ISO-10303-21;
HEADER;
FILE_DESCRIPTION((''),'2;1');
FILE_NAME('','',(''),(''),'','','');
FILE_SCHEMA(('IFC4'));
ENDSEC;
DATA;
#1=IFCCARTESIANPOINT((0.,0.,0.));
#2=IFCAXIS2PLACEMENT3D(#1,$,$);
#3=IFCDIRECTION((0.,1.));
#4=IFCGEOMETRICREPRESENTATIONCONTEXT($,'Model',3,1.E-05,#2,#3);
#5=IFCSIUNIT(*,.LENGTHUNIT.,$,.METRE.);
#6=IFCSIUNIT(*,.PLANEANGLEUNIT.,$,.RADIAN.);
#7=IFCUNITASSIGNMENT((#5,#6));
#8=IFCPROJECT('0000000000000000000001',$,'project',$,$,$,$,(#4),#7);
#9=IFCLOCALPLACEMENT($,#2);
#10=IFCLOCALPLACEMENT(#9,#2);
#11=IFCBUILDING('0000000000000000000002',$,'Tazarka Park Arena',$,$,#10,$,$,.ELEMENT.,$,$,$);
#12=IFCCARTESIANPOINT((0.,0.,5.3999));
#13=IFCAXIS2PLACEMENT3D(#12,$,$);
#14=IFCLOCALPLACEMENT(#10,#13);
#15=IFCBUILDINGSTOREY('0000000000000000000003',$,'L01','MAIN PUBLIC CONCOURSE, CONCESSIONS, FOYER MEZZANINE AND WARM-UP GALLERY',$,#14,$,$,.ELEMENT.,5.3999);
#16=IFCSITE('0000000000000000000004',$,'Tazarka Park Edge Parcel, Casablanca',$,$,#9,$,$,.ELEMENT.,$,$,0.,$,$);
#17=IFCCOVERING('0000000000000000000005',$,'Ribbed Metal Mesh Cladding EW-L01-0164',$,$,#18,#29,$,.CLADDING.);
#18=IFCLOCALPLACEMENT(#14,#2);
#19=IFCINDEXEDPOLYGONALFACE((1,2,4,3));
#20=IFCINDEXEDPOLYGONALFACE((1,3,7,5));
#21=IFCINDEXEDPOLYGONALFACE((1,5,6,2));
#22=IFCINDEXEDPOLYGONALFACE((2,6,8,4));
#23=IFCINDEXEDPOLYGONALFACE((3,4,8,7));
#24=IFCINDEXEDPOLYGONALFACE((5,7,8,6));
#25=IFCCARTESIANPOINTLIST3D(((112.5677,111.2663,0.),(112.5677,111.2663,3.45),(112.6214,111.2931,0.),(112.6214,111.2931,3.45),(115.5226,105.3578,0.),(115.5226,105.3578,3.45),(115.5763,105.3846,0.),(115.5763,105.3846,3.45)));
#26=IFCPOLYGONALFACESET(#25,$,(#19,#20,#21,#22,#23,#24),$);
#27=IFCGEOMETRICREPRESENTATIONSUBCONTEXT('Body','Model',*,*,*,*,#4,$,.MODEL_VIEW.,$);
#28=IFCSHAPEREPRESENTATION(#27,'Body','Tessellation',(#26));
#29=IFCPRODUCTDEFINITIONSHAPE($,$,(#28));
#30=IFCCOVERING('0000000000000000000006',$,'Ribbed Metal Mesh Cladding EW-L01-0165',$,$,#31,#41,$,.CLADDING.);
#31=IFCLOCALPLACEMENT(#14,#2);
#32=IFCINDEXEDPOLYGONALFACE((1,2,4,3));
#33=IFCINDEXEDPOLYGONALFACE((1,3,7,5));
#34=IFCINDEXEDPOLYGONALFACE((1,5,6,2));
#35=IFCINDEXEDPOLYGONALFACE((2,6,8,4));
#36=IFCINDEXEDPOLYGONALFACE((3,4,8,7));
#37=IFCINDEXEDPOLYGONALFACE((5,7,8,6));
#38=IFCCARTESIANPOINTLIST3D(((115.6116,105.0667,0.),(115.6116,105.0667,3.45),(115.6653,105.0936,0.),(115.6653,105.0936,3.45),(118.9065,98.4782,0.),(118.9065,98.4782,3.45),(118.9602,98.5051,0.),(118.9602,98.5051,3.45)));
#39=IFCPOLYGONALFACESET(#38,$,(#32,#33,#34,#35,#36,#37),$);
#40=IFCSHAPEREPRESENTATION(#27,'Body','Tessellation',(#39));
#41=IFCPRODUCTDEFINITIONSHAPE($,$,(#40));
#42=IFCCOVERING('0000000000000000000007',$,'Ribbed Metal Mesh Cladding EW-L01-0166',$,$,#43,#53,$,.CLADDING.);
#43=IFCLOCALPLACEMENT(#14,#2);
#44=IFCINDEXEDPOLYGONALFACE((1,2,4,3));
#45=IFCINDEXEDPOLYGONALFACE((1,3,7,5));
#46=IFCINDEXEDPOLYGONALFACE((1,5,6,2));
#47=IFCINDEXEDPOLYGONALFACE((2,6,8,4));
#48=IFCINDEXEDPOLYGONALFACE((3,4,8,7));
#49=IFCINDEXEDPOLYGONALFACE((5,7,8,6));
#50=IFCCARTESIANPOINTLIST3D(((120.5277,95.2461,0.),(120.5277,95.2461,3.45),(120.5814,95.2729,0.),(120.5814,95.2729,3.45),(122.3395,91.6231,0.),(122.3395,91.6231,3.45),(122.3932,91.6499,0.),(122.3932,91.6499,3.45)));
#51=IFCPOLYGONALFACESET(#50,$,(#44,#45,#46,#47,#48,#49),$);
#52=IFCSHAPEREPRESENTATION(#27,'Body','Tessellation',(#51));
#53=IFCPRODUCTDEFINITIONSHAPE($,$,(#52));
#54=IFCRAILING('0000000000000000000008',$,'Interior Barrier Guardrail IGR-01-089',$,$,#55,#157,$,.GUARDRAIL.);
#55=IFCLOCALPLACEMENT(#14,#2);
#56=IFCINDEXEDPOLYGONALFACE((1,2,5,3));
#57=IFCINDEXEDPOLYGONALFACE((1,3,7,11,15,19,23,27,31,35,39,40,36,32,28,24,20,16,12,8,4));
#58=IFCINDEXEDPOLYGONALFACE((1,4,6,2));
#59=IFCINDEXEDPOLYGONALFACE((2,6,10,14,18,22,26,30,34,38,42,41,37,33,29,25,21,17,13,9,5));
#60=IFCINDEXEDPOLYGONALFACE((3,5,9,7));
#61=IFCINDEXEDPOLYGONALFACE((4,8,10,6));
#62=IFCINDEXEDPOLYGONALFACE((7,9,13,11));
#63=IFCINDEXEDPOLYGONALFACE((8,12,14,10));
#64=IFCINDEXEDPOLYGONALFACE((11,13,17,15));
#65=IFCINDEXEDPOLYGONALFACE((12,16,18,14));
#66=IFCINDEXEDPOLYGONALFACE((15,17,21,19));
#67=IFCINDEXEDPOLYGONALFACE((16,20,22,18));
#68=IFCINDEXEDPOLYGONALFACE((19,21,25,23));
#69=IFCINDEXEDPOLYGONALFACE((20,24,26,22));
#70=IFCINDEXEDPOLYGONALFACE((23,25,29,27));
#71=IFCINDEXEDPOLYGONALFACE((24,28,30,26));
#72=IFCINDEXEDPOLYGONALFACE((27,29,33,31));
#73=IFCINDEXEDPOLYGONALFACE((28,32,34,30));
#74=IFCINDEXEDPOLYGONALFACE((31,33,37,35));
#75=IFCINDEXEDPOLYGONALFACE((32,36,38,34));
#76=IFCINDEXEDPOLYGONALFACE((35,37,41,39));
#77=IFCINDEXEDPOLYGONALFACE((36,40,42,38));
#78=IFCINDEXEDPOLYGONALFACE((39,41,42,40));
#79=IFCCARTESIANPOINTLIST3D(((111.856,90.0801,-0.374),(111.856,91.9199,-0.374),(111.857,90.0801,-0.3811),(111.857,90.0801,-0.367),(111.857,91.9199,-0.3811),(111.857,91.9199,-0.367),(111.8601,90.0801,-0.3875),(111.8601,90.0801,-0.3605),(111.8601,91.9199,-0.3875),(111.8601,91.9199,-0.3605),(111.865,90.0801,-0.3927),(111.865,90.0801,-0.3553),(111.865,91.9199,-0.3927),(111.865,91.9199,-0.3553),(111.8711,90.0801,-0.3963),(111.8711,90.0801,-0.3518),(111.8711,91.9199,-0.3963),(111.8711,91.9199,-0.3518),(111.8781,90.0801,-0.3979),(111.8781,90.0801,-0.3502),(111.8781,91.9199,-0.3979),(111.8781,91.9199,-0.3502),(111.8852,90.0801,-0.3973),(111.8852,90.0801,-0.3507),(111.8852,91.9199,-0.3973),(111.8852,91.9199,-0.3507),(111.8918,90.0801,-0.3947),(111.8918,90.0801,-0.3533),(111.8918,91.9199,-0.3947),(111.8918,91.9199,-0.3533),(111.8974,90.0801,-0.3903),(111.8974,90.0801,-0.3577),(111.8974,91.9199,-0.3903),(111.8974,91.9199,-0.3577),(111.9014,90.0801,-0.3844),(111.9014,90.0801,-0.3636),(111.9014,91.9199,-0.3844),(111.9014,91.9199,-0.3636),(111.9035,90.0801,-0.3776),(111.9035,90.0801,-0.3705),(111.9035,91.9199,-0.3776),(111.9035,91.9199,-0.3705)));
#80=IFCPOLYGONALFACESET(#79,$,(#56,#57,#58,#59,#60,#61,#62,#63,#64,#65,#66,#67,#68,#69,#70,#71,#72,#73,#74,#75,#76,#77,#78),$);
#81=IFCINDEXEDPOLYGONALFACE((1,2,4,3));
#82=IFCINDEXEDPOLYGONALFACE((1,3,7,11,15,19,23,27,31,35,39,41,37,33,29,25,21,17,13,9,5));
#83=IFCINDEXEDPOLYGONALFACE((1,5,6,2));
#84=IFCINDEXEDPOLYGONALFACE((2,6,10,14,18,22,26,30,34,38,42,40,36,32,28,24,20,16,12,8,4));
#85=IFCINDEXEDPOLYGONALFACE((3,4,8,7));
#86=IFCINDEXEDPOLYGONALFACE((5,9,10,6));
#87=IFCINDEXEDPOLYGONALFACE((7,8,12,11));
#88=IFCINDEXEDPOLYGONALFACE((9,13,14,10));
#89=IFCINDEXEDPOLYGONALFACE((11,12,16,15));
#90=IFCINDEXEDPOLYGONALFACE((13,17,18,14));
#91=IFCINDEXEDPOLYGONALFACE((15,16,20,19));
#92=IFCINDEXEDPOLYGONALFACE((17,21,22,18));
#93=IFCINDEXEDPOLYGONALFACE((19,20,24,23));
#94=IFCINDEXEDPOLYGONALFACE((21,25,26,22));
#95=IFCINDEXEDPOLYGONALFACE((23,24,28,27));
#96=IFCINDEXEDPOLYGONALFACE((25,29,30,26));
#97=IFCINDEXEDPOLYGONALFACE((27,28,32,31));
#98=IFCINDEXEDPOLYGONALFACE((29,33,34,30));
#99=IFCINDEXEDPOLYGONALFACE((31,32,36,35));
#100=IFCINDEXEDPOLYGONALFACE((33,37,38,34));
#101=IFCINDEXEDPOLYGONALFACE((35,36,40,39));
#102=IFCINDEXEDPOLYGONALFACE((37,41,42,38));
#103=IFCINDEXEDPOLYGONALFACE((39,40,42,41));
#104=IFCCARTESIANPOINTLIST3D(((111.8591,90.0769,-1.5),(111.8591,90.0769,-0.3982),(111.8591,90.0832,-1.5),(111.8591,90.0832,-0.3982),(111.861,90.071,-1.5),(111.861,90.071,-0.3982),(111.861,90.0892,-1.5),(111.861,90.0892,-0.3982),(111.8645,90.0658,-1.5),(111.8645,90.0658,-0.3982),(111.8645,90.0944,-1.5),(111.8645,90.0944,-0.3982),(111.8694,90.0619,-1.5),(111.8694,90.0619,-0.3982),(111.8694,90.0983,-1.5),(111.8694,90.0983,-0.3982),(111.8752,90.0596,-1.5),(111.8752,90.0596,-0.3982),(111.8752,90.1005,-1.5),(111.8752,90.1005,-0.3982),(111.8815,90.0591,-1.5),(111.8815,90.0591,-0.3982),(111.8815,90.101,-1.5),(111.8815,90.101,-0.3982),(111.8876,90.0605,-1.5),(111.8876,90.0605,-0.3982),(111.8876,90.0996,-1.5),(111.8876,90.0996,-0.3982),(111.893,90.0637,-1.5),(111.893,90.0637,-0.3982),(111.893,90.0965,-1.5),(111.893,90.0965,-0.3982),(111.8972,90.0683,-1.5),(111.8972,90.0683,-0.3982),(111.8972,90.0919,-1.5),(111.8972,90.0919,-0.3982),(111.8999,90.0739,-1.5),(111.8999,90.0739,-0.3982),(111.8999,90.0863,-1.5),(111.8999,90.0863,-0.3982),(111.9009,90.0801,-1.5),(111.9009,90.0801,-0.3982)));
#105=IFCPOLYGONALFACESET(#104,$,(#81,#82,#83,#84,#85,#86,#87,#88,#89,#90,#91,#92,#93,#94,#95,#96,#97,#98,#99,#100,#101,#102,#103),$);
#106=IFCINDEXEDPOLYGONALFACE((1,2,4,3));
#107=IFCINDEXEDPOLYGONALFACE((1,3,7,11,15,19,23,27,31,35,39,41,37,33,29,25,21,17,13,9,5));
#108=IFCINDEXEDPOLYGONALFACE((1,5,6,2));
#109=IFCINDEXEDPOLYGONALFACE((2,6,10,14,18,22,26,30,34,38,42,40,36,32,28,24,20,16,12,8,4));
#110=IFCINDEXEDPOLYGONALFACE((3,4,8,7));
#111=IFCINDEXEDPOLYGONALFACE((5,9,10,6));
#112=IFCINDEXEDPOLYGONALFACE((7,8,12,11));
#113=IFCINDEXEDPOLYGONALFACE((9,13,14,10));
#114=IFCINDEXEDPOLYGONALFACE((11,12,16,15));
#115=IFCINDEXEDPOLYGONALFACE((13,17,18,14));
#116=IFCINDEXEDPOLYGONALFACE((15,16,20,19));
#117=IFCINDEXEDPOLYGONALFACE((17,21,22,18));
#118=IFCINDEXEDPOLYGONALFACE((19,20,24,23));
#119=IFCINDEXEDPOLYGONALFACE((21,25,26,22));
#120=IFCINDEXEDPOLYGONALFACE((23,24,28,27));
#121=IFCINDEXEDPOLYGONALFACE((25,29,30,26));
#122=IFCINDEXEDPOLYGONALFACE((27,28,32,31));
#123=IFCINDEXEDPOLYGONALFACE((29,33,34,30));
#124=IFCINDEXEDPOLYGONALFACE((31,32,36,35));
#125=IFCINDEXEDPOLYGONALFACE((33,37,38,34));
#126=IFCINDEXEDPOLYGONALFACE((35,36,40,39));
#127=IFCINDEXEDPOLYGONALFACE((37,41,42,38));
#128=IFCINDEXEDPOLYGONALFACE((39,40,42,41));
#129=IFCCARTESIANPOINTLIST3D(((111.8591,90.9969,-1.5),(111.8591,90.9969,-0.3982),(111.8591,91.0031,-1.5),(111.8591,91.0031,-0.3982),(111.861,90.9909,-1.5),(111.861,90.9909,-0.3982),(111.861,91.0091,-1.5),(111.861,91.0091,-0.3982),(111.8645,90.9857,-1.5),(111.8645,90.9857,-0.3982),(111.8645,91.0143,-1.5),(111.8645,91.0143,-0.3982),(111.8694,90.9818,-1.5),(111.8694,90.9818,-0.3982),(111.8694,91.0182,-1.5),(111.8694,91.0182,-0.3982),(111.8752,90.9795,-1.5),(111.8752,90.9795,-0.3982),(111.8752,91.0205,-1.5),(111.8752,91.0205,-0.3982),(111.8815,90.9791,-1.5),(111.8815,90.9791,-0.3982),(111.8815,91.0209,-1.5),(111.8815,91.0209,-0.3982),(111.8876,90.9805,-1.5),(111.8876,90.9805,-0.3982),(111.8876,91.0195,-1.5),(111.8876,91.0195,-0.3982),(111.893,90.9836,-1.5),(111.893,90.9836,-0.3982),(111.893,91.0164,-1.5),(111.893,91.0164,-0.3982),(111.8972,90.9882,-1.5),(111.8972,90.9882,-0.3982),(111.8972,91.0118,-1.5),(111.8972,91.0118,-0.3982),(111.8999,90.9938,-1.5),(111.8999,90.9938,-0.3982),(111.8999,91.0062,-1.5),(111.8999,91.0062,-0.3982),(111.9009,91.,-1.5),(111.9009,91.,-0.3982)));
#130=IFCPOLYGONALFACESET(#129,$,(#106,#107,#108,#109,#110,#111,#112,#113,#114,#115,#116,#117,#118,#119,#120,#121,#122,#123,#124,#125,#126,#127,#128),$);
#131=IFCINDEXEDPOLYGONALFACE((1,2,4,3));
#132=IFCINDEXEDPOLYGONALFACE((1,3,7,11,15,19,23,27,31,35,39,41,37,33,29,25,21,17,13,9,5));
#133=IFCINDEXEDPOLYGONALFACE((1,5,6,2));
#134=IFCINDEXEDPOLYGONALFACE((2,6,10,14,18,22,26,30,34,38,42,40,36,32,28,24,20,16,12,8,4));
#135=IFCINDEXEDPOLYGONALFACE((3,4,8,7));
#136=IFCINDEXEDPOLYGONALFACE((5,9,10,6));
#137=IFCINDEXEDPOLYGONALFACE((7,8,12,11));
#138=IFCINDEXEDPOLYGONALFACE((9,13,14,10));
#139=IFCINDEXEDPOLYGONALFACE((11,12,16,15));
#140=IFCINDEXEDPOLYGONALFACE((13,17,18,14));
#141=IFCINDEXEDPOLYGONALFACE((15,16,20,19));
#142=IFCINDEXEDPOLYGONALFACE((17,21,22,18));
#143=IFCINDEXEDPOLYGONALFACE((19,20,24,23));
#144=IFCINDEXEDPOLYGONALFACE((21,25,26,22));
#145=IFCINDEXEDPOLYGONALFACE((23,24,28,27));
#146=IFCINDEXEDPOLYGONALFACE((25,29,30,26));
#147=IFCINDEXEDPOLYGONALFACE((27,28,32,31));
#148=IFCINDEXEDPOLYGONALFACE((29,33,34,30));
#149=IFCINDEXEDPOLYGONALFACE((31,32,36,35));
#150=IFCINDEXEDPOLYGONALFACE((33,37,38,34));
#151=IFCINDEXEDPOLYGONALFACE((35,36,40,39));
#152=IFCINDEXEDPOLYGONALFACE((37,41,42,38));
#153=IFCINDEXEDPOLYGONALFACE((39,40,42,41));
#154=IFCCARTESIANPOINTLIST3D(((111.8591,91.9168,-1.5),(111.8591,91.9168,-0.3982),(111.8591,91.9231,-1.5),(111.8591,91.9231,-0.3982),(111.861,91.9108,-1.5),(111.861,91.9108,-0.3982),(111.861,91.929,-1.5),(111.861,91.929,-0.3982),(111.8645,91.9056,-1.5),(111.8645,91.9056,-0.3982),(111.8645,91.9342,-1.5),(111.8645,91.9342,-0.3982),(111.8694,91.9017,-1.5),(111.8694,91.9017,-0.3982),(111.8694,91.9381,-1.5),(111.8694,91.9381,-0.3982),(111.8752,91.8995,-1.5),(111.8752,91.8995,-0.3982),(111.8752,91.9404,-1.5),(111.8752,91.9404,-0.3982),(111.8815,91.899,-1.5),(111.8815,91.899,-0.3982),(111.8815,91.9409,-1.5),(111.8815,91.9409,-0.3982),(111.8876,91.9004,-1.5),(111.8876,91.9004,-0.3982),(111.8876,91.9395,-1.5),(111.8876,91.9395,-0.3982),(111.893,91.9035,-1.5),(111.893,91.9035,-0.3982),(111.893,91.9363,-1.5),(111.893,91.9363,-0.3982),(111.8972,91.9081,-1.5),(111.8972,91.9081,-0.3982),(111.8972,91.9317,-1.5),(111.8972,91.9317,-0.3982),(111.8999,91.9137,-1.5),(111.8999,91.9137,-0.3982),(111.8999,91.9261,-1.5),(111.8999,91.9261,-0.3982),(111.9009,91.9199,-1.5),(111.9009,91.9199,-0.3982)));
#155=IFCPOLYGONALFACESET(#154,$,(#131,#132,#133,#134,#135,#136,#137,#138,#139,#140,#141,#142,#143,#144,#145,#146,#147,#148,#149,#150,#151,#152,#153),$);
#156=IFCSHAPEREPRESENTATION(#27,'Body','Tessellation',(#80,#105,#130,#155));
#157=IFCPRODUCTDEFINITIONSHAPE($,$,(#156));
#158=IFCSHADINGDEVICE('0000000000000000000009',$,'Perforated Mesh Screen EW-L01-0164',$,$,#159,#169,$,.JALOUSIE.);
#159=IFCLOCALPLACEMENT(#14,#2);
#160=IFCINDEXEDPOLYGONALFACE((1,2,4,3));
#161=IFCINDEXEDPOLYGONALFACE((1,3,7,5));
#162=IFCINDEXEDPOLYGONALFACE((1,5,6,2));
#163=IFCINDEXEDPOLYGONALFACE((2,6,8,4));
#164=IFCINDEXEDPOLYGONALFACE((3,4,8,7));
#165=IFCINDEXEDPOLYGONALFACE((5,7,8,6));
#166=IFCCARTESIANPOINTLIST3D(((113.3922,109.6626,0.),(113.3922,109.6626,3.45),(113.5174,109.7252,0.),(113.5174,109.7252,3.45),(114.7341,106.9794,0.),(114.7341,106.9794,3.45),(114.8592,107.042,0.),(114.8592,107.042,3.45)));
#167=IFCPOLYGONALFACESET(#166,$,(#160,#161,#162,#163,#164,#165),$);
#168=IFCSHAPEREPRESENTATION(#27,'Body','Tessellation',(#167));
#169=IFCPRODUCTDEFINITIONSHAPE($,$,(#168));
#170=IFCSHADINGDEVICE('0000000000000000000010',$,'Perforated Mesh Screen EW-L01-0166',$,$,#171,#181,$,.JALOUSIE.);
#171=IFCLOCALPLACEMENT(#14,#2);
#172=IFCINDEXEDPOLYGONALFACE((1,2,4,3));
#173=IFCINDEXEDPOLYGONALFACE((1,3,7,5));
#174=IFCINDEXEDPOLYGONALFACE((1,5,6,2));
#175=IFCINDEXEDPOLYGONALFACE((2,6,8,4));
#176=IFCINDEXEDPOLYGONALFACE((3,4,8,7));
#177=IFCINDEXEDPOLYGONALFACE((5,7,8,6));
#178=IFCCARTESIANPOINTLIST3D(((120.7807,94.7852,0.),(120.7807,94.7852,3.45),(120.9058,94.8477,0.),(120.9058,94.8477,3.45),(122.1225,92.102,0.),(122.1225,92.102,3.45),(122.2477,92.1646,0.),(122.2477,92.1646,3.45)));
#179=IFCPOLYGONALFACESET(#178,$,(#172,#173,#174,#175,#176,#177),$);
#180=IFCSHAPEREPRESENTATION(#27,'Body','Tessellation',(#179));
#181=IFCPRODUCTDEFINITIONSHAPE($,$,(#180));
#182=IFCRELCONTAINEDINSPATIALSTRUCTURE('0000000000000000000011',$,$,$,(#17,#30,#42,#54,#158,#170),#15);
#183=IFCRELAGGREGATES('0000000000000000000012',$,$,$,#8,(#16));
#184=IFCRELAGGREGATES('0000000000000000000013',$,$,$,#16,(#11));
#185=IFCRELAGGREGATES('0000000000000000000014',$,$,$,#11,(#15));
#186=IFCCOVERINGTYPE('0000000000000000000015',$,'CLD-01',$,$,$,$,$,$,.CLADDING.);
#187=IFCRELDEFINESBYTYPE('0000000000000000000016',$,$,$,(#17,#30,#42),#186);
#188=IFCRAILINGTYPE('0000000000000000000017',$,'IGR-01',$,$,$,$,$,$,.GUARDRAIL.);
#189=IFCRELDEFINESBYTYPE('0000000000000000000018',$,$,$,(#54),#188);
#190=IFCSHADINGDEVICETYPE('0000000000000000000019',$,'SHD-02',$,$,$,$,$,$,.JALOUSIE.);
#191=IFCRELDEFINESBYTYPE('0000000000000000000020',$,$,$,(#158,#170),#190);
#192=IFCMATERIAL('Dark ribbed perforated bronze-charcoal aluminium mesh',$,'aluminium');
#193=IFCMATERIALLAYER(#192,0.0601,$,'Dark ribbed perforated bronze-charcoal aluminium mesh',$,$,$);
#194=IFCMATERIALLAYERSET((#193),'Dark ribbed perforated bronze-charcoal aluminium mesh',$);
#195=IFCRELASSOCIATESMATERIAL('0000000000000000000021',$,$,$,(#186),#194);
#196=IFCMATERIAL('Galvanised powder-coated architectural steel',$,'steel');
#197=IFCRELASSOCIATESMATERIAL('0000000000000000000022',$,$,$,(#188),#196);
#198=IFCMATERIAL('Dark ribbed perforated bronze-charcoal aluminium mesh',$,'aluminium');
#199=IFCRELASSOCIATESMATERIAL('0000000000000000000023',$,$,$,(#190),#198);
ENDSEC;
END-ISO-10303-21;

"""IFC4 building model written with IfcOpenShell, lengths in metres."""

from ifc_helpers import new_model, si_unit, direction, frame, origin, origin_2d, place, context, subcontext, project, spatial, rectangle, circle, extrude, material, layer, layer_set, type_object, element, save


model = new_model("IFC4")

# Units and contexts
model_context = context("Model", 3, precision=1e-05, world=origin(), true_north=direction((0.0, 1.0)))
body_context = subcontext(model_context, "Body", "Model", "MODEL_VIEW")
ifc_project = project(units=[si_unit("LENGTHUNIT", "METRE"), si_unit("PLANEANGLEUNIT", "RADIAN")], contexts=[model_context])

# Site, building, storey
site_placement = place(None, origin())
site = spatial("IfcSite", under=ifc_project, at=site_placement, Name="Tazarka Park Edge Parcel, Casablanca", CompositionType="ELEMENT", RefElevation=0.0)
building_placement = place(site_placement, origin())
building = spatial("IfcBuilding", under=site, at=building_placement, Name="Tazarka Park Arena", CompositionType="ELEMENT")
storey_placement = place(building_placement, frame((0.0, 0.0, 5.3999)))
storey = spatial("IfcBuildingStorey", under=building, at=storey_placement, Name="L01", Description="MAIN PUBLIC CONCOURSE, CONCESSIONS, FOYER MEZZANINE AND WARM-UP GALLERY", CompositionType="ELEMENT", Elevation=5.3999)

# Coverings
ifc_material_1 = material(Name="Dark ribbed perforated bronze-charcoal aluminium mesh", Category="aluminium")
ifc_layer_1 = layer(ifc_material_1, 0.0601, Name="Dark ribbed perforated bronze-charcoal aluminium mesh")
ifc_layer_set_1 = layer_set([ifc_layer_1], Name="Dark ribbed perforated bronze-charcoal aluminium mesh")
covering_type = type_object("IfcCoveringType", Name="CLD-01", PredefinedType="CLADDING", material=ifc_layer_set_1)
covering_1_placement = place(storey_placement, frame((114.072, 108.3254, 0.0), z_axis=(0.0, 0.0, 1.0), x_axis=(0.447291, -0.894389, 0.0)))
element("IfcCovering", 1, at=covering_1_placement, inside=storey, type_object=covering_type, Name="Ribbed Metal Mesh Cladding EW-L01-0164", PredefinedType="CLADDING", context=body_context, shape_type="SweptSolid", body=[
    extrude(rectangle(XDim=6.6062, YDim=0.0601, at=origin_2d()), origin(), (0.0, 0.0, 1.0), 3.45),
])
covering_2_placement = place(storey_placement, frame((117.2859, 101.7859, 0.0), z_axis=(0.0, 0.0, 1.0), x_axis=(0.447291, -0.894389, 0.0)))
element("IfcCovering", 2, at=covering_2_placement, inside=storey, type_object=covering_type, Name="Ribbed Metal Mesh Cladding EW-L01-0165", PredefinedType="CLADDING", context=body_context, shape_type="SweptSolid", body=[
    extrude(rectangle(XDim=7.3665, YDim=0.0601, at=origin_2d()), origin(), (0.0, 0.0, 1.0), 3.45),
])
covering_3_placement = place(storey_placement, frame((121.4604, 93.448, 0.0), z_axis=(0.0, 0.0, 1.0), x_axis=(0.447291, -0.894389, 0.0)))
element("IfcCovering", 3, at=covering_3_placement, inside=storey, type_object=covering_type, Name="Ribbed Metal Mesh Cladding EW-L01-0166", PredefinedType="CLADDING", context=body_context, shape_type="SweptSolid", body=[
    extrude(rectangle(XDim=4.0508, YDim=0.0601, at=origin_2d()), origin(), (0.0, 0.0, 1.0), 3.45),
])

# Railing
ifc_material_2 = material(Name="Galvanised powder-coated architectural steel", Category="steel")
railing_type = type_object("IfcRailingType", Name="IGR-01", PredefinedType="GUARDRAIL", material=ifc_material_2)
railing_placement = place(storey_placement, frame((111.8799, 90.0801, -1.5)))
element("IfcRailing", 4, at=railing_placement, inside=storey, type_object=railing_type, Name="Interior Barrier Guardrail IGR-01-089", PredefinedType="GUARDRAIL", context=body_context, shape_type="SweptSolid", body=[
    extrude(circle(Radius=0.0239, at=origin_2d()), frame((0.0, 0.0, 1.126), z_axis=(0.0, 1.0, 0.0), x_axis=(-1.0, 0.0, 0.0)), (0.0, 0.0, 1.0), 1.8398),
    extrude(circle(Radius=0.021, at=origin_2d()), origin(), (0.0, 0.0, 1.0), 1.1018),
    extrude(circle(Radius=0.021, at=origin_2d()), frame((0.0, 0.9199, 0.0)), (0.0, 0.0, 1.0), 1.1018),
    extrude(circle(Radius=0.021, at=origin_2d()), frame((0.0, 1.8398, 0.0)), (0.0, 0.0, 1.0), 1.1018),
])

# Shading devices
ifc_material_3 = material(Name="Dark ribbed perforated bronze-charcoal aluminium mesh", Category="aluminium")
shading_device_type = type_object("IfcShadingDeviceType", Name="SHD-02", PredefinedType="JALOUSIE", material=ifc_material_3)
for number, where, z_axis, x_axis, name in (
    (5, (114.1257, 108.3523, 0.0), (0.0, 0.0, 1.0), (0.447291, -0.894389, 0.0), "Perforated Mesh Screen EW-L01-0164"),
    (6, (121.5142, 93.4749, 0.0), (0.0, 0.0, 1.0), (0.447291, -0.894389, 0.0), "Perforated Mesh Screen EW-L01-0166"),
):
    element("IfcShadingDevice", number, at=place(storey_placement, frame(where, z_axis=z_axis, x_axis=x_axis)), inside=storey, type_object=shading_device_type, Name=name, PredefinedType="JALOUSIE", context=body_context, shape_type="SweptSolid", body=[
        extrude(rectangle(XDim=3.0, YDim=0.1399, at=origin_2d()), origin(), (0.0, 0.0, 1.0), 3.45),
    ])

save(model, "model.ifc")
